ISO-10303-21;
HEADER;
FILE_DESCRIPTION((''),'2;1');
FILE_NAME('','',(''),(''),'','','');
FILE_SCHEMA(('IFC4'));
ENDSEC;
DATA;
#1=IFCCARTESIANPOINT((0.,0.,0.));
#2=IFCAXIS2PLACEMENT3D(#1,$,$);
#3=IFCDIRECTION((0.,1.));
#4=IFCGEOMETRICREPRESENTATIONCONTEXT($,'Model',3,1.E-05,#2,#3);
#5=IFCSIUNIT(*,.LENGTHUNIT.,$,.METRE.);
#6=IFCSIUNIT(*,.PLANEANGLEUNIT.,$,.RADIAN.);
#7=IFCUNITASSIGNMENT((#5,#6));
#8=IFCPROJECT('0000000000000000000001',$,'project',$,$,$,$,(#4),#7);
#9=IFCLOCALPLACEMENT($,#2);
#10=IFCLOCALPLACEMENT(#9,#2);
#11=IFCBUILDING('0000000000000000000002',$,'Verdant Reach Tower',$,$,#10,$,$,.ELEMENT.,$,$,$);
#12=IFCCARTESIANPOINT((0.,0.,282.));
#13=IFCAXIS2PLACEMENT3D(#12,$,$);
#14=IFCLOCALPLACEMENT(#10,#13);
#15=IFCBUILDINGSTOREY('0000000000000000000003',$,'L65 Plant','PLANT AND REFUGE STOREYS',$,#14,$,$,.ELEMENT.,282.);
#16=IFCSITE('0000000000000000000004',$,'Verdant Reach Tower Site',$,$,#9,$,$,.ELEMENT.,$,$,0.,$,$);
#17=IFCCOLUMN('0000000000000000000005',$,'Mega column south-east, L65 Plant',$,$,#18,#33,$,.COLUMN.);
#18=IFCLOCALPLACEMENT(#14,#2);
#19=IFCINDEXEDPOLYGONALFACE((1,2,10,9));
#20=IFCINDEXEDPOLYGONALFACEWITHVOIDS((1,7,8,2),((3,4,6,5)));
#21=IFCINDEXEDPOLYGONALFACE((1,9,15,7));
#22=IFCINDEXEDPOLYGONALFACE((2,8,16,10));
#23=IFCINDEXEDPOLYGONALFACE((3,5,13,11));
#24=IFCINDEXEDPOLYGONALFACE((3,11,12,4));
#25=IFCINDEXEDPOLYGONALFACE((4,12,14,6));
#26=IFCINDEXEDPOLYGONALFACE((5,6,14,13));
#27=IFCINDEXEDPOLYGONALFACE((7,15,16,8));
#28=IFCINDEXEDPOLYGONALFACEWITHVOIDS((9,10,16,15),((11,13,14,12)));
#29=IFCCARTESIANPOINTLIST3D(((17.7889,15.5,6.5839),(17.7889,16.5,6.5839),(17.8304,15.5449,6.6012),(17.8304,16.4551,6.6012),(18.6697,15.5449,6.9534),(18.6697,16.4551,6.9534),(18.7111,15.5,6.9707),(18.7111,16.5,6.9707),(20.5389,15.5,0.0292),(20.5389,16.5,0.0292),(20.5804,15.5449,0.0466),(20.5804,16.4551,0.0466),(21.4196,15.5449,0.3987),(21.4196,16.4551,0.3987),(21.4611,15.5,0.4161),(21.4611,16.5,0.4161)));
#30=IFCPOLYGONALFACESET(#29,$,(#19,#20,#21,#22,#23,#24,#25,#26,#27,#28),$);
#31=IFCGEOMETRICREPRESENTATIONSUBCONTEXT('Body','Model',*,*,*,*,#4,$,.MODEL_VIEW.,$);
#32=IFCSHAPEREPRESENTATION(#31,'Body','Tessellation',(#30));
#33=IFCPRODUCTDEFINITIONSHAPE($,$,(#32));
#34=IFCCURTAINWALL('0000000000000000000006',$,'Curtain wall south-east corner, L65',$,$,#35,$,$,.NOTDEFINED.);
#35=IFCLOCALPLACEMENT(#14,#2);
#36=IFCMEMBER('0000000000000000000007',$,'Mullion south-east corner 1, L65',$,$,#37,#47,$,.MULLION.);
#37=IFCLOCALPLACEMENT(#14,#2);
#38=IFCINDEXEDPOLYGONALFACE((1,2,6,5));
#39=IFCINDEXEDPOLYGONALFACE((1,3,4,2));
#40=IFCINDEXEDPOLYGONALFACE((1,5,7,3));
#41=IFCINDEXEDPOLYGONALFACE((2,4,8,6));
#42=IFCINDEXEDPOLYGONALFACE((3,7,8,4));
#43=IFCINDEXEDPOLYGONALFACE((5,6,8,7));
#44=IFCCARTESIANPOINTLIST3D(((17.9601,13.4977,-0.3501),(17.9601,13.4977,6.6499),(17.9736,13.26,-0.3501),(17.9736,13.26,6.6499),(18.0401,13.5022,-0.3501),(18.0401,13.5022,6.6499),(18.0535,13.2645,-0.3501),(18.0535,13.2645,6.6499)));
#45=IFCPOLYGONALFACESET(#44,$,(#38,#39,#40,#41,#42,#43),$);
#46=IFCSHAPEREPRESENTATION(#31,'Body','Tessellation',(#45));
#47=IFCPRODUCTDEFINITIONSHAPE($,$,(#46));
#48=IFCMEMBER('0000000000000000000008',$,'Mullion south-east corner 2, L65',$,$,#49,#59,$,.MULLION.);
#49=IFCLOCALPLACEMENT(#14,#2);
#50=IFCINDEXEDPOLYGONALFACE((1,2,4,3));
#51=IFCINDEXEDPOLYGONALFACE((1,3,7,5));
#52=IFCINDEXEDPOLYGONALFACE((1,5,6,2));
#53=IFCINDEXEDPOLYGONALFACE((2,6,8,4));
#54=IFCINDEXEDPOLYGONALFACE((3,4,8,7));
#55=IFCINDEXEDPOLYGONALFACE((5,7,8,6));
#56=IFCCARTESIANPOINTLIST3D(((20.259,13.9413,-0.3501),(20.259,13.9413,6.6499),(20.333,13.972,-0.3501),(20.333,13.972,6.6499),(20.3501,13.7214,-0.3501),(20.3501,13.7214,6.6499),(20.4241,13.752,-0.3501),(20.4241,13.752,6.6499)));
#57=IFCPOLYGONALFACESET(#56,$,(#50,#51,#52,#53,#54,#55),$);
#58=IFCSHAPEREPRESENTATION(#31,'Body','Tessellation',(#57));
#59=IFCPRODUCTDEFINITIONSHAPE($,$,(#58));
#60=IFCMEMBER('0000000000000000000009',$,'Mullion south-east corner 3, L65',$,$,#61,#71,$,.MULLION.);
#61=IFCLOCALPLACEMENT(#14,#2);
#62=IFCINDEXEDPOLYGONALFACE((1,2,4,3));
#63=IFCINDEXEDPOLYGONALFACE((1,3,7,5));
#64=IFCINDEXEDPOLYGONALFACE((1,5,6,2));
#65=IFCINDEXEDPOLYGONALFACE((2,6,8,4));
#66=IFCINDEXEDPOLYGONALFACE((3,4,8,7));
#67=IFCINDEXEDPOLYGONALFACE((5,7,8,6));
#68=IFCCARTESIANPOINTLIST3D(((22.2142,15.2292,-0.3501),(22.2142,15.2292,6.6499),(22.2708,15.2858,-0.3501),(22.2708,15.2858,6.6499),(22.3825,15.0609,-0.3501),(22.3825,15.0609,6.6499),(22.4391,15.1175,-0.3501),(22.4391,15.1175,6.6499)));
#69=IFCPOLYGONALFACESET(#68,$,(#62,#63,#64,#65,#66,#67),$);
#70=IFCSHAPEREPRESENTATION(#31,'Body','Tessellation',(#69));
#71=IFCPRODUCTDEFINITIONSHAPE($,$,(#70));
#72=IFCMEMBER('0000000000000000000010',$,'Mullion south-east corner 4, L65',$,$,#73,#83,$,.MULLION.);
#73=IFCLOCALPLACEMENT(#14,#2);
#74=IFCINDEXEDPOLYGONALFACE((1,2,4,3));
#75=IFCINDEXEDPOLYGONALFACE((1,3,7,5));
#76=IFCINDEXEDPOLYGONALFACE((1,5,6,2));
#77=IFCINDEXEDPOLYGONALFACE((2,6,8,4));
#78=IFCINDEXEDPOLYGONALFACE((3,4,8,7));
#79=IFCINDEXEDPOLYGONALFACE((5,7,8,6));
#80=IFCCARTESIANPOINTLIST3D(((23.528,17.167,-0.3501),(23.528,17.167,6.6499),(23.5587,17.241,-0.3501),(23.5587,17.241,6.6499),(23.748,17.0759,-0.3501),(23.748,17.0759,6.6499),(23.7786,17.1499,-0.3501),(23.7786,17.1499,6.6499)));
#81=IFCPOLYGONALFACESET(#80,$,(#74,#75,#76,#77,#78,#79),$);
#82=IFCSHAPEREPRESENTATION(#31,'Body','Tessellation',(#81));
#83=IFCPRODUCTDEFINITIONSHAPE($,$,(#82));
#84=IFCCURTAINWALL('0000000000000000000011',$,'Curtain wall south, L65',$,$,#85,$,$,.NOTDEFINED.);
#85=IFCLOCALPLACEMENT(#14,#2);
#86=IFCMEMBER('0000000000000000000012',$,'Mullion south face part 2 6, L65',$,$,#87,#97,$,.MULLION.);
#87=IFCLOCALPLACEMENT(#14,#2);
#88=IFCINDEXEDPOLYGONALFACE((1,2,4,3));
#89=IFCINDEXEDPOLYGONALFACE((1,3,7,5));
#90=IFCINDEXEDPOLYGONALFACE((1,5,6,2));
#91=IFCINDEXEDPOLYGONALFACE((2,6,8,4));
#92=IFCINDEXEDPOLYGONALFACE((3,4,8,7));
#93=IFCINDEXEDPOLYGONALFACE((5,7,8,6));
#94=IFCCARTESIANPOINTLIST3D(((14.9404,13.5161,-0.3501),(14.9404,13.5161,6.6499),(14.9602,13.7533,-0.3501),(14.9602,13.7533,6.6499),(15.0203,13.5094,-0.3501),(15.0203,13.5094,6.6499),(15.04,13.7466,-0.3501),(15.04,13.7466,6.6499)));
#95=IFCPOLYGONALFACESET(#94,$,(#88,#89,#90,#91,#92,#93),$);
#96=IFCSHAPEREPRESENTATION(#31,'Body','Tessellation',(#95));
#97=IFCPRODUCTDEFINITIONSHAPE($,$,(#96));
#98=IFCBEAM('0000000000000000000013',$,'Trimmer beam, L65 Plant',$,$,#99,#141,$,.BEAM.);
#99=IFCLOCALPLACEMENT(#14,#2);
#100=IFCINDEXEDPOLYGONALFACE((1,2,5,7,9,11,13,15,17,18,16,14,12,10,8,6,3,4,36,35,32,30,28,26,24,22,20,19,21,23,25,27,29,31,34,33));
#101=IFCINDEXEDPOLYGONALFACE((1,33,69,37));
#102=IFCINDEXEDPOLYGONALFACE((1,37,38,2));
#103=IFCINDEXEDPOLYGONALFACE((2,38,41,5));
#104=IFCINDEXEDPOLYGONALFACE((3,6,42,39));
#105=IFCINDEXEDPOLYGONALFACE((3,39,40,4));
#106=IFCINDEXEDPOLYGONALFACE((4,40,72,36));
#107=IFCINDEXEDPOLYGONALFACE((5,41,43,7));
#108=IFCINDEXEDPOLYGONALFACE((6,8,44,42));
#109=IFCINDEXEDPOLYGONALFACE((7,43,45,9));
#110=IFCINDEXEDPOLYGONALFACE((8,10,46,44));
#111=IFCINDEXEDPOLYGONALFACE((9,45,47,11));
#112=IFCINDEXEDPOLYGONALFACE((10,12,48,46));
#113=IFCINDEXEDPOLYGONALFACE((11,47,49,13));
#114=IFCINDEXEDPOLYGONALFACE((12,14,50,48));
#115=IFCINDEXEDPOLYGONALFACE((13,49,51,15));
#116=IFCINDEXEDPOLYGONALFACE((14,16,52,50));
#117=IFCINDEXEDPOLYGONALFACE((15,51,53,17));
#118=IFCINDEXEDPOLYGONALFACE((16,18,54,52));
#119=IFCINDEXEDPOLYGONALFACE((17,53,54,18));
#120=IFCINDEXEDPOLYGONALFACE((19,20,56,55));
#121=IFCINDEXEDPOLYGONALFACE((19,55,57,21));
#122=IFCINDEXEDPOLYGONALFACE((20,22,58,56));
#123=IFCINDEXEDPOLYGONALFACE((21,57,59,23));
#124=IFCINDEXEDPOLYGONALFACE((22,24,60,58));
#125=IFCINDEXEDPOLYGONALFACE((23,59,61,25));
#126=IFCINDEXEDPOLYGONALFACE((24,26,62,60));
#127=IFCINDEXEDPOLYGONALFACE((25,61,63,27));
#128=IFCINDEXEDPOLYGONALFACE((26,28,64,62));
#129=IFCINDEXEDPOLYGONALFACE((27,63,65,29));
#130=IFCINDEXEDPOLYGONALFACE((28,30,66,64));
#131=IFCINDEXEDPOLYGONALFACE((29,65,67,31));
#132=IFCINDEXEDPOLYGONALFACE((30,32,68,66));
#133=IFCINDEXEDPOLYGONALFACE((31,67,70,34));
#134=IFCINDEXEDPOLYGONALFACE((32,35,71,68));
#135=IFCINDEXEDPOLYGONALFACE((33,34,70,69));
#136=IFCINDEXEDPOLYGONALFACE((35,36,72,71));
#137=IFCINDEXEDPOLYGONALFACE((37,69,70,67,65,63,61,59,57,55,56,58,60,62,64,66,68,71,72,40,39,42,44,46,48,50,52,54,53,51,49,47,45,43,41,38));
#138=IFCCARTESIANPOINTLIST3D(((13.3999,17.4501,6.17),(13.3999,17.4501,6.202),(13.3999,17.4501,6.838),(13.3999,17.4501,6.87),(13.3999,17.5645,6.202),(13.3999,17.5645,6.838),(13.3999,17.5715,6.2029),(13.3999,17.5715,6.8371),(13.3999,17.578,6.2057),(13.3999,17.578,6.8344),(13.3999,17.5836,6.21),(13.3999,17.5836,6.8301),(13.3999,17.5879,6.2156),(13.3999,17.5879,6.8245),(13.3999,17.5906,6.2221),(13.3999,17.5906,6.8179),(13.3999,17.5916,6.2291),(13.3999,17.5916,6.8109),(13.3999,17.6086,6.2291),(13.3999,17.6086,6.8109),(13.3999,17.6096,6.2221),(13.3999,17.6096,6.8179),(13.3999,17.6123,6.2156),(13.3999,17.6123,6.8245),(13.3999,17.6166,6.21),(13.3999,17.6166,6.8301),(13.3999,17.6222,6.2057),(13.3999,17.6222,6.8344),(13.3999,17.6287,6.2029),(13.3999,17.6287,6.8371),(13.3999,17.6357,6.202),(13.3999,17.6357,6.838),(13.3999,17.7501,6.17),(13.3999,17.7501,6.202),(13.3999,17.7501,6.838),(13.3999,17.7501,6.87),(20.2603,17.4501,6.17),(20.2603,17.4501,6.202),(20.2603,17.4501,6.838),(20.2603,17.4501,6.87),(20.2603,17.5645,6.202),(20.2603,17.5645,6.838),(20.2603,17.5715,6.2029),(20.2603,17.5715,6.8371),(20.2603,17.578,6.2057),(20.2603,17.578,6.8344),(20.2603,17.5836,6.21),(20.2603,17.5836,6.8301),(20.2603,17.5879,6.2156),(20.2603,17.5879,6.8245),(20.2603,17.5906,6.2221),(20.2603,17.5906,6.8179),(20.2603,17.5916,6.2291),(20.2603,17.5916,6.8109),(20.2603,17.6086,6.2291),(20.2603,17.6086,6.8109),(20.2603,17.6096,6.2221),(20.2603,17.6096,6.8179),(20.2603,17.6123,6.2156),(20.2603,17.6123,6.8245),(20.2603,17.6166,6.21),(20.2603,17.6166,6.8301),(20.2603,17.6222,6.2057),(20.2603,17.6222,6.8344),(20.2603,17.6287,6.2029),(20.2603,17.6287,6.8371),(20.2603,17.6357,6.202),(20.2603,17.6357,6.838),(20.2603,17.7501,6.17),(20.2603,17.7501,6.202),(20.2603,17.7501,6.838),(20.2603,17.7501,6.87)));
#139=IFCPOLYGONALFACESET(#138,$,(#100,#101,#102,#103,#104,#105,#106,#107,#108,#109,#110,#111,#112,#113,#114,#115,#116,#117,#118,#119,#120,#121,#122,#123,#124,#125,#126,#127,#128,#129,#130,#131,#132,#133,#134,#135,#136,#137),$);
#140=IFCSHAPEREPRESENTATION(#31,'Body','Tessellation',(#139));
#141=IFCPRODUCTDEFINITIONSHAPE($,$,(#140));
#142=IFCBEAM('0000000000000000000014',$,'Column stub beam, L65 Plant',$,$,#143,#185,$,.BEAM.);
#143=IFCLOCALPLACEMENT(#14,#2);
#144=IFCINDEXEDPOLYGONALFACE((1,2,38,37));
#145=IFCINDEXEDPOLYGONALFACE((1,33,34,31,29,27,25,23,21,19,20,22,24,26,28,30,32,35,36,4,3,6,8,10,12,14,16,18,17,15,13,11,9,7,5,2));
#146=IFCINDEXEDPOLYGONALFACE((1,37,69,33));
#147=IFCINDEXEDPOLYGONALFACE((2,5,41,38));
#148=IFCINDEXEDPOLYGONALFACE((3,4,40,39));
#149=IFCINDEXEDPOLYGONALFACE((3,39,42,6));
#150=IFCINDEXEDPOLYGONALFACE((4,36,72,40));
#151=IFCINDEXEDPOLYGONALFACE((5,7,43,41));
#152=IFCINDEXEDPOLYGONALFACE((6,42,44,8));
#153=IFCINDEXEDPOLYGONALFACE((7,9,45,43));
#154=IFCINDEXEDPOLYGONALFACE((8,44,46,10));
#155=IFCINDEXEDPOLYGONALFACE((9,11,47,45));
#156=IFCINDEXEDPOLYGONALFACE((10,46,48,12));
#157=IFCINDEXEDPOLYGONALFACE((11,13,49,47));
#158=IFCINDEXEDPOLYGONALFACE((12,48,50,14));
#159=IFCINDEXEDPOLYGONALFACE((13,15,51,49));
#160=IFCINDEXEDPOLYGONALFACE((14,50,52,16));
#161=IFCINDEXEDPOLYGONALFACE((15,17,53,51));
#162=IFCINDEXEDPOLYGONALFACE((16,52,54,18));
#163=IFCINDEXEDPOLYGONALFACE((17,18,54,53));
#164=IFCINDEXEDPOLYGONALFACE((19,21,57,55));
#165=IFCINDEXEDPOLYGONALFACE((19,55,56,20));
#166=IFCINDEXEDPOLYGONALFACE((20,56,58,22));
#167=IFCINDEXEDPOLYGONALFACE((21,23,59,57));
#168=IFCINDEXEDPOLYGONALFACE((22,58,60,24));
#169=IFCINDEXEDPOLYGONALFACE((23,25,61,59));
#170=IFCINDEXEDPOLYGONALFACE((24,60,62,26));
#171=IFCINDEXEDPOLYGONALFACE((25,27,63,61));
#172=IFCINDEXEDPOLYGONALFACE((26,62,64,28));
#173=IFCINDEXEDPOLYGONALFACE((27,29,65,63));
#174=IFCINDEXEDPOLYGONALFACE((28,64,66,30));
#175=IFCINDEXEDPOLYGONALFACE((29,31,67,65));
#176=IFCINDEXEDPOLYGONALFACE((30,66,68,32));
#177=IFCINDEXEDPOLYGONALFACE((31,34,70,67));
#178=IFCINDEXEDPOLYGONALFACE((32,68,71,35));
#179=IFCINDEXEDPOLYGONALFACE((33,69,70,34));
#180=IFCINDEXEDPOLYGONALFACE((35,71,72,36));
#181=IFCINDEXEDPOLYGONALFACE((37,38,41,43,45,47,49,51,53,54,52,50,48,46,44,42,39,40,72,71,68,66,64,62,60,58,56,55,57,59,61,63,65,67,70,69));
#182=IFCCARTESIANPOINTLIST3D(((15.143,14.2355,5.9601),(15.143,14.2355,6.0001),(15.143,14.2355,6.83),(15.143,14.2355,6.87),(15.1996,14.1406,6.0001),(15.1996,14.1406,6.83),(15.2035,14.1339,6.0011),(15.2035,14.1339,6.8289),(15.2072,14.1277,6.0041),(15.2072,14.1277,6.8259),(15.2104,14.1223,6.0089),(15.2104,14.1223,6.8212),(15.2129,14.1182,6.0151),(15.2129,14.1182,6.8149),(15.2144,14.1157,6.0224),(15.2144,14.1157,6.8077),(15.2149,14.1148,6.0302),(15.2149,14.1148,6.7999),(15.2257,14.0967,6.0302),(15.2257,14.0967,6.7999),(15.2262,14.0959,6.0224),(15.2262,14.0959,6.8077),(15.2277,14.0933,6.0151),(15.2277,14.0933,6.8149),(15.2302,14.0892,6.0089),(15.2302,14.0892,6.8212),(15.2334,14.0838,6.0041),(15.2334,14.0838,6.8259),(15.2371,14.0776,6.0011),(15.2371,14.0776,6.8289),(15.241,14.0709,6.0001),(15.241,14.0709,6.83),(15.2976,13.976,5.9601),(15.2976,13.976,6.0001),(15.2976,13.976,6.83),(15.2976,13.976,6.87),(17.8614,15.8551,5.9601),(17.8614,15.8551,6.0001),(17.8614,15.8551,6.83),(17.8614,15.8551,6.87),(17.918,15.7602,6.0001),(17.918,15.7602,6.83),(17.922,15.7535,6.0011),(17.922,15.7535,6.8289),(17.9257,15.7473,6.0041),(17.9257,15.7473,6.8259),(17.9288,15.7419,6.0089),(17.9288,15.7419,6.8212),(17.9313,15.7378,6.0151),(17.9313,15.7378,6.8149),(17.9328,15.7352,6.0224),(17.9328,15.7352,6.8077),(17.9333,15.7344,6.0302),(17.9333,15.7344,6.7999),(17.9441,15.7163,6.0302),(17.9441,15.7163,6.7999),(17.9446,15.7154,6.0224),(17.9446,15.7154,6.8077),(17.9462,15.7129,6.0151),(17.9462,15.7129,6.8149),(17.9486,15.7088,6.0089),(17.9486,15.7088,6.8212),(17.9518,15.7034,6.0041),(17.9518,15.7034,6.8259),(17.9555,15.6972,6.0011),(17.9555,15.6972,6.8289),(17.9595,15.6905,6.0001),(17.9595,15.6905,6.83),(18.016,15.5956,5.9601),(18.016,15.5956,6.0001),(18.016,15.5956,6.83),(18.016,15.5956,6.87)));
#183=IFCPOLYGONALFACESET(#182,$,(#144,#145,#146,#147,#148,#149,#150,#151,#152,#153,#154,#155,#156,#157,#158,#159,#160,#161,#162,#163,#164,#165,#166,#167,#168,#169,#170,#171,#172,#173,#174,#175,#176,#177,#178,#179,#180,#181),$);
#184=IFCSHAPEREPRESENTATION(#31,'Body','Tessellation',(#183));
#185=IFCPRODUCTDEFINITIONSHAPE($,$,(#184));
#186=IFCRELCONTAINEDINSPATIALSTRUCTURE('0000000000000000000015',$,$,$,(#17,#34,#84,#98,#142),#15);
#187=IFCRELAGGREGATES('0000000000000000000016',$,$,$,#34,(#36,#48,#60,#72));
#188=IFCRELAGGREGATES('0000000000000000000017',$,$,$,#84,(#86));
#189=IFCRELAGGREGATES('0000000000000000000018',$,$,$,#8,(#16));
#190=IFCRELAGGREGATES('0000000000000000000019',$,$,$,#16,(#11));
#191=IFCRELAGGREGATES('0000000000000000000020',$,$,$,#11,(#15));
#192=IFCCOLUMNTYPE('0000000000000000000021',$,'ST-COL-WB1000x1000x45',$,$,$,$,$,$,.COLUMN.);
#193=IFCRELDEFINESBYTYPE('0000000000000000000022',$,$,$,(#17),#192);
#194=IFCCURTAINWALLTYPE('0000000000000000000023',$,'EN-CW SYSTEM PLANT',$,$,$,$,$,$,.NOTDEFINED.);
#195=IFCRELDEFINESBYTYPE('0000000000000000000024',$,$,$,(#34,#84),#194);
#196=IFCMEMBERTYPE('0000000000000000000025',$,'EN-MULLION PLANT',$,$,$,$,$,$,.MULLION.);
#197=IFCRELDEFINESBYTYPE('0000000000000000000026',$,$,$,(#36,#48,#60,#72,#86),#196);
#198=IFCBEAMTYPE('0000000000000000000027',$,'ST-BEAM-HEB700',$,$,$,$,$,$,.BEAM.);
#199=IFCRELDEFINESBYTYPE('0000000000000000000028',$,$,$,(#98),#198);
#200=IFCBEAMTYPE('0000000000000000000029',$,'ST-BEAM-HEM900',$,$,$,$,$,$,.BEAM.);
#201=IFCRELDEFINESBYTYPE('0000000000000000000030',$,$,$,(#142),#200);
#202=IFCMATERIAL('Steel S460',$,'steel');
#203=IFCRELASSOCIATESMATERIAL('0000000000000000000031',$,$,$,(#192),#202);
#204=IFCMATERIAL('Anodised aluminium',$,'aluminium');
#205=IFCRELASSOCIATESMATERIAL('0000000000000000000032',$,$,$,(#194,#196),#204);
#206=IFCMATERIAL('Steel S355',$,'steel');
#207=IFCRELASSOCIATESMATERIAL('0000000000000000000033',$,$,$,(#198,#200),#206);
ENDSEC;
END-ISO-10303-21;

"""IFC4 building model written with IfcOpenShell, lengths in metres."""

from ifc_helpers import new_model, si_unit, direction, frame, origin, origin_2d, place, context, subcontext, project, spatial, rectangle, hollow_rectangle, i_section, extrude, material, material_profile, profile_set, type_object, element, aggregate, save


model = new_model("IFC4")

# Units and contexts
model_context = context("Model", 3, precision=1e-05, world=origin(), true_north=direction((0.0, 1.0)))
body_context = subcontext(model_context, "Body", "Model", "MODEL_VIEW")
ifc_project = project(units=[si_unit("LENGTHUNIT", "METRE"), si_unit("PLANEANGLEUNIT", "RADIAN")], contexts=[model_context])

# Site, building, storey
site_placement = place(None, origin())
site = spatial("IfcSite", under=ifc_project, at=site_placement, Name="Verdant Reach Tower Site", CompositionType="ELEMENT", RefElevation=0.0)
building_placement = place(site_placement, origin())
building = spatial("IfcBuilding", under=site, at=building_placement, Name="Verdant Reach Tower", CompositionType="ELEMENT")
storey_placement = place(building_placement, frame((0.0, 0.0, 282.0)))
storey = spatial("IfcBuildingStorey", under=building, at=storey_placement, Name="L65 Plant", Description="PLANT AND REFUGE STOREYS", CompositionType="ELEMENT", Elevation=282.0)

# Column
ifc_material_1 = material(Name="Steel S460", Category="steel")
ifc_material_profile_1 = material_profile(ifc_material_1, hollow_rectangle(XDim=1.0, YDim=1.0, WallThickness=0.0449, at=origin_2d()), Name="WB 1000x1000x45")
ifc_profile_set_1 = profile_set([ifc_material_profile_1], Name="Steel S460")
column_type = type_object("IfcColumnType", Name="ST-COL-WB1000x1000x45", PredefinedType="COLUMN", material=ifc_profile_set_1)
column_placement = place(storey_placement, frame((21.0, 16.0, 0.2227), z_axis=(-0.386877, 0.0, 0.922131), x_axis=(0.0, -1.0, 0.0)))
element("IfcColumn", 1, at=column_placement, inside=storey, type_object=column_type, Name="Mega column south-east, L65 Plant", PredefinedType="COLUMN", context=body_context, shape_type="SweptSolid", body=[
    extrude(hollow_rectangle(XDim=1.0, YDim=1.0, WallThickness=0.0449, at=origin_2d()), origin(), (0.0, 0.0, 1.0), 7.1082),
])

# Curtain wall, members
ifc_material_2 = material(Name="Anodised aluminium", Category="aluminium")
curtain_wall_type = type_object("IfcCurtainWallType", Name="EN-CW SYSTEM PLANT", PredefinedType="NOTDEFINED", material=ifc_material_2)
curtain_wall_1_placement = place(storey_placement, origin())
curtain_wall_1 = element("IfcCurtainWall", 2, at=curtain_wall_1_placement, inside=storey, type_object=curtain_wall_type, Name="Curtain wall south-east corner, L65", PredefinedType="NOTDEFINED")
ifc_material_profile_2 = material_profile(ifc_material_2, rectangle(XDim=0.238, YDim=0.0801, at=origin_2d()), Name="Mullion 80x240")
ifc_profile_set_2 = profile_set([ifc_material_profile_2], Name="Anodised aluminium")
member_type_1 = type_object("IfcMemberType", Name="EN-MULLION PLANT", PredefinedType="MULLION", material=ifc_profile_set_2)
member_1_placement = place(storey_placement, frame((18.0068, 13.3811, -0.3501), z_axis=(0.0, 0.0, 1.0), x_axis=(0.056569, -0.998399, 0.0)))
member_1 = element("IfcMember", 3, at=member_1_placement, type_object=member_type_1, Name="Mullion south-east corner 1, L65", PredefinedType="MULLION", context=body_context, shape_type="SweptSolid", body=[
    extrude(rectangle(XDim=0.238, YDim=0.0801, at=origin_2d()), origin(), (0.0, 0.0, 1.0), 7.0),
])
member_2_placement = place(storey_placement, frame((20.3416, 13.8467, -0.3501), z_axis=(0.0, 0.0, 1.0), x_axis=(0.382694, -0.923875, 0.0)))
member_2 = element("IfcMember", 4, at=member_2_placement, type_object=member_type_1, Name="Mullion south-east corner 2, L65", PredefinedType="MULLION", context=body_context, shape_type="SweptSolid", body=[
    extrude(rectangle(XDim=0.238, YDim=0.0801, at=origin_2d()), origin(), (0.0, 0.0, 1.0), 7.0),
])
member_3_placement = place(storey_placement, frame((22.3267, 15.1733, -0.3501), z_axis=(0.0, 0.0, 1.0), x_axis=(0.707107, -0.707107, 0.0)))
member_3 = element("IfcMember", 5, at=member_3_placement, type_object=member_type_1, Name="Mullion south-east corner 3, L65", PredefinedType="MULLION", context=body_context, shape_type="SweptSolid", body=[
    extrude(rectangle(XDim=0.238, YDim=0.0801, at=origin_2d()), origin(), (0.0, 0.0, 1.0), 7.0),
])
member_4_placement = place(storey_placement, frame((23.6533, 17.1584, -0.3501), z_axis=(0.0, 0.0, 1.0), x_axis=(0.923875, -0.382694, 0.0)))
member_4 = element("IfcMember", 6, at=member_4_placement, type_object=member_type_1, Name="Mullion south-east corner 4, L65", PredefinedType="MULLION", context=body_context, shape_type="SweptSolid", body=[
    extrude(rectangle(XDim=0.238, YDim=0.0801, at=origin_2d()), origin(), (0.0, 0.0, 1.0), 7.0),
])

# Curtain wall, member
curtain_wall_2_placement = place(storey_placement, origin())
curtain_wall_2 = element("IfcCurtainWall", 7, at=curtain_wall_2_placement, inside=storey, type_object=curtain_wall_type, Name="Curtain wall south, L65", PredefinedType="NOTDEFINED")
member_5_placement = place(storey_placement, frame((14.9902, 13.6313, -0.3501), z_axis=(0.0, 0.0, 1.0), x_axis=(-0.083045, -0.996546, 0.0)))
member_5 = element("IfcMember", 8, at=member_5_placement, type_object=member_type_1, Name="Mullion south face part 2 6, L65", PredefinedType="MULLION", context=body_context, shape_type="SweptSolid", body=[
    extrude(rectangle(XDim=0.238, YDim=0.0801, at=origin_2d()), origin(), (0.0, 0.0, 1.0), 7.0),
])

# Beams
ifc_material_3 = material(Name="Steel S355", Category="steel")
ifc_material_profile_3 = material_profile(ifc_material_3, i_section(OverallWidth=0.3, OverallDepth=0.7, WebThickness=0.0171, FlangeThickness=0.032, FilletRadius=0.0271, at=origin_2d()), Name="HEB 700")
ifc_profile_set_3 = profile_set([ifc_material_profile_3], Name="Steel S355")
beam_type_1 = type_object("IfcBeamType", Name="ST-BEAM-HEB700", PredefinedType="BEAM", material=ifc_profile_set_3)
beam_1_placement = place(storey_placement, frame((13.3999, 17.6001, 6.52), z_axis=(1.0, 0.0, 0.0), x_axis=(0.0, 1.0, 0.0)))
element("IfcBeam", 9, at=beam_1_placement, inside=storey, type_object=beam_type_1, Name="Trimmer beam, L65 Plant", PredefinedType="BEAM", context=body_context, shape_type="SweptSolid", body=[
    extrude(i_section(OverallWidth=0.3, OverallDepth=0.7, WebThickness=0.0171, FlangeThickness=0.032, FilletRadius=0.0271, at=origin_2d()), origin(), (0.0, 0.0, 1.0), 6.8604),
])
ifc_material_profile_4 = material_profile(ifc_material_3, i_section(OverallWidth=0.302, OverallDepth=0.9099, WebThickness=0.021, FlangeThickness=0.04, FilletRadius=0.03, at=origin_2d()), Name="HEM 900")
ifc_profile_set_4 = profile_set([ifc_material_profile_4], Name="Steel S355")
beam_type_2 = type_object("IfcBeamType", Name="ST-BEAM-HEM900", PredefinedType="BEAM", material=ifc_profile_set_4)
beam_2_placement = place(storey_placement, frame((17.9387, 15.7253, 6.415), z_axis=(-0.859089, -0.511827, 0.0), x_axis=(0.511827, -0.859089, 0.0)))
element("IfcBeam", 10, at=beam_2_placement, inside=storey, type_object=beam_type_2, Name="Column stub beam, L65 Plant", PredefinedType="BEAM", context=body_context, shape_type="SweptSolid", body=[
    extrude(i_section(OverallWidth=0.302, OverallDepth=0.9099, WebThickness=0.021, FlangeThickness=0.04, FilletRadius=0.03, at=origin_2d()), origin(), (0.0, 0.0, 1.0), 3.1643),
])

aggregate(curtain_wall_1, [member_1, member_2, member_3, member_4])
aggregate(curtain_wall_2, [member_5])

save(model, "model.ifc")
